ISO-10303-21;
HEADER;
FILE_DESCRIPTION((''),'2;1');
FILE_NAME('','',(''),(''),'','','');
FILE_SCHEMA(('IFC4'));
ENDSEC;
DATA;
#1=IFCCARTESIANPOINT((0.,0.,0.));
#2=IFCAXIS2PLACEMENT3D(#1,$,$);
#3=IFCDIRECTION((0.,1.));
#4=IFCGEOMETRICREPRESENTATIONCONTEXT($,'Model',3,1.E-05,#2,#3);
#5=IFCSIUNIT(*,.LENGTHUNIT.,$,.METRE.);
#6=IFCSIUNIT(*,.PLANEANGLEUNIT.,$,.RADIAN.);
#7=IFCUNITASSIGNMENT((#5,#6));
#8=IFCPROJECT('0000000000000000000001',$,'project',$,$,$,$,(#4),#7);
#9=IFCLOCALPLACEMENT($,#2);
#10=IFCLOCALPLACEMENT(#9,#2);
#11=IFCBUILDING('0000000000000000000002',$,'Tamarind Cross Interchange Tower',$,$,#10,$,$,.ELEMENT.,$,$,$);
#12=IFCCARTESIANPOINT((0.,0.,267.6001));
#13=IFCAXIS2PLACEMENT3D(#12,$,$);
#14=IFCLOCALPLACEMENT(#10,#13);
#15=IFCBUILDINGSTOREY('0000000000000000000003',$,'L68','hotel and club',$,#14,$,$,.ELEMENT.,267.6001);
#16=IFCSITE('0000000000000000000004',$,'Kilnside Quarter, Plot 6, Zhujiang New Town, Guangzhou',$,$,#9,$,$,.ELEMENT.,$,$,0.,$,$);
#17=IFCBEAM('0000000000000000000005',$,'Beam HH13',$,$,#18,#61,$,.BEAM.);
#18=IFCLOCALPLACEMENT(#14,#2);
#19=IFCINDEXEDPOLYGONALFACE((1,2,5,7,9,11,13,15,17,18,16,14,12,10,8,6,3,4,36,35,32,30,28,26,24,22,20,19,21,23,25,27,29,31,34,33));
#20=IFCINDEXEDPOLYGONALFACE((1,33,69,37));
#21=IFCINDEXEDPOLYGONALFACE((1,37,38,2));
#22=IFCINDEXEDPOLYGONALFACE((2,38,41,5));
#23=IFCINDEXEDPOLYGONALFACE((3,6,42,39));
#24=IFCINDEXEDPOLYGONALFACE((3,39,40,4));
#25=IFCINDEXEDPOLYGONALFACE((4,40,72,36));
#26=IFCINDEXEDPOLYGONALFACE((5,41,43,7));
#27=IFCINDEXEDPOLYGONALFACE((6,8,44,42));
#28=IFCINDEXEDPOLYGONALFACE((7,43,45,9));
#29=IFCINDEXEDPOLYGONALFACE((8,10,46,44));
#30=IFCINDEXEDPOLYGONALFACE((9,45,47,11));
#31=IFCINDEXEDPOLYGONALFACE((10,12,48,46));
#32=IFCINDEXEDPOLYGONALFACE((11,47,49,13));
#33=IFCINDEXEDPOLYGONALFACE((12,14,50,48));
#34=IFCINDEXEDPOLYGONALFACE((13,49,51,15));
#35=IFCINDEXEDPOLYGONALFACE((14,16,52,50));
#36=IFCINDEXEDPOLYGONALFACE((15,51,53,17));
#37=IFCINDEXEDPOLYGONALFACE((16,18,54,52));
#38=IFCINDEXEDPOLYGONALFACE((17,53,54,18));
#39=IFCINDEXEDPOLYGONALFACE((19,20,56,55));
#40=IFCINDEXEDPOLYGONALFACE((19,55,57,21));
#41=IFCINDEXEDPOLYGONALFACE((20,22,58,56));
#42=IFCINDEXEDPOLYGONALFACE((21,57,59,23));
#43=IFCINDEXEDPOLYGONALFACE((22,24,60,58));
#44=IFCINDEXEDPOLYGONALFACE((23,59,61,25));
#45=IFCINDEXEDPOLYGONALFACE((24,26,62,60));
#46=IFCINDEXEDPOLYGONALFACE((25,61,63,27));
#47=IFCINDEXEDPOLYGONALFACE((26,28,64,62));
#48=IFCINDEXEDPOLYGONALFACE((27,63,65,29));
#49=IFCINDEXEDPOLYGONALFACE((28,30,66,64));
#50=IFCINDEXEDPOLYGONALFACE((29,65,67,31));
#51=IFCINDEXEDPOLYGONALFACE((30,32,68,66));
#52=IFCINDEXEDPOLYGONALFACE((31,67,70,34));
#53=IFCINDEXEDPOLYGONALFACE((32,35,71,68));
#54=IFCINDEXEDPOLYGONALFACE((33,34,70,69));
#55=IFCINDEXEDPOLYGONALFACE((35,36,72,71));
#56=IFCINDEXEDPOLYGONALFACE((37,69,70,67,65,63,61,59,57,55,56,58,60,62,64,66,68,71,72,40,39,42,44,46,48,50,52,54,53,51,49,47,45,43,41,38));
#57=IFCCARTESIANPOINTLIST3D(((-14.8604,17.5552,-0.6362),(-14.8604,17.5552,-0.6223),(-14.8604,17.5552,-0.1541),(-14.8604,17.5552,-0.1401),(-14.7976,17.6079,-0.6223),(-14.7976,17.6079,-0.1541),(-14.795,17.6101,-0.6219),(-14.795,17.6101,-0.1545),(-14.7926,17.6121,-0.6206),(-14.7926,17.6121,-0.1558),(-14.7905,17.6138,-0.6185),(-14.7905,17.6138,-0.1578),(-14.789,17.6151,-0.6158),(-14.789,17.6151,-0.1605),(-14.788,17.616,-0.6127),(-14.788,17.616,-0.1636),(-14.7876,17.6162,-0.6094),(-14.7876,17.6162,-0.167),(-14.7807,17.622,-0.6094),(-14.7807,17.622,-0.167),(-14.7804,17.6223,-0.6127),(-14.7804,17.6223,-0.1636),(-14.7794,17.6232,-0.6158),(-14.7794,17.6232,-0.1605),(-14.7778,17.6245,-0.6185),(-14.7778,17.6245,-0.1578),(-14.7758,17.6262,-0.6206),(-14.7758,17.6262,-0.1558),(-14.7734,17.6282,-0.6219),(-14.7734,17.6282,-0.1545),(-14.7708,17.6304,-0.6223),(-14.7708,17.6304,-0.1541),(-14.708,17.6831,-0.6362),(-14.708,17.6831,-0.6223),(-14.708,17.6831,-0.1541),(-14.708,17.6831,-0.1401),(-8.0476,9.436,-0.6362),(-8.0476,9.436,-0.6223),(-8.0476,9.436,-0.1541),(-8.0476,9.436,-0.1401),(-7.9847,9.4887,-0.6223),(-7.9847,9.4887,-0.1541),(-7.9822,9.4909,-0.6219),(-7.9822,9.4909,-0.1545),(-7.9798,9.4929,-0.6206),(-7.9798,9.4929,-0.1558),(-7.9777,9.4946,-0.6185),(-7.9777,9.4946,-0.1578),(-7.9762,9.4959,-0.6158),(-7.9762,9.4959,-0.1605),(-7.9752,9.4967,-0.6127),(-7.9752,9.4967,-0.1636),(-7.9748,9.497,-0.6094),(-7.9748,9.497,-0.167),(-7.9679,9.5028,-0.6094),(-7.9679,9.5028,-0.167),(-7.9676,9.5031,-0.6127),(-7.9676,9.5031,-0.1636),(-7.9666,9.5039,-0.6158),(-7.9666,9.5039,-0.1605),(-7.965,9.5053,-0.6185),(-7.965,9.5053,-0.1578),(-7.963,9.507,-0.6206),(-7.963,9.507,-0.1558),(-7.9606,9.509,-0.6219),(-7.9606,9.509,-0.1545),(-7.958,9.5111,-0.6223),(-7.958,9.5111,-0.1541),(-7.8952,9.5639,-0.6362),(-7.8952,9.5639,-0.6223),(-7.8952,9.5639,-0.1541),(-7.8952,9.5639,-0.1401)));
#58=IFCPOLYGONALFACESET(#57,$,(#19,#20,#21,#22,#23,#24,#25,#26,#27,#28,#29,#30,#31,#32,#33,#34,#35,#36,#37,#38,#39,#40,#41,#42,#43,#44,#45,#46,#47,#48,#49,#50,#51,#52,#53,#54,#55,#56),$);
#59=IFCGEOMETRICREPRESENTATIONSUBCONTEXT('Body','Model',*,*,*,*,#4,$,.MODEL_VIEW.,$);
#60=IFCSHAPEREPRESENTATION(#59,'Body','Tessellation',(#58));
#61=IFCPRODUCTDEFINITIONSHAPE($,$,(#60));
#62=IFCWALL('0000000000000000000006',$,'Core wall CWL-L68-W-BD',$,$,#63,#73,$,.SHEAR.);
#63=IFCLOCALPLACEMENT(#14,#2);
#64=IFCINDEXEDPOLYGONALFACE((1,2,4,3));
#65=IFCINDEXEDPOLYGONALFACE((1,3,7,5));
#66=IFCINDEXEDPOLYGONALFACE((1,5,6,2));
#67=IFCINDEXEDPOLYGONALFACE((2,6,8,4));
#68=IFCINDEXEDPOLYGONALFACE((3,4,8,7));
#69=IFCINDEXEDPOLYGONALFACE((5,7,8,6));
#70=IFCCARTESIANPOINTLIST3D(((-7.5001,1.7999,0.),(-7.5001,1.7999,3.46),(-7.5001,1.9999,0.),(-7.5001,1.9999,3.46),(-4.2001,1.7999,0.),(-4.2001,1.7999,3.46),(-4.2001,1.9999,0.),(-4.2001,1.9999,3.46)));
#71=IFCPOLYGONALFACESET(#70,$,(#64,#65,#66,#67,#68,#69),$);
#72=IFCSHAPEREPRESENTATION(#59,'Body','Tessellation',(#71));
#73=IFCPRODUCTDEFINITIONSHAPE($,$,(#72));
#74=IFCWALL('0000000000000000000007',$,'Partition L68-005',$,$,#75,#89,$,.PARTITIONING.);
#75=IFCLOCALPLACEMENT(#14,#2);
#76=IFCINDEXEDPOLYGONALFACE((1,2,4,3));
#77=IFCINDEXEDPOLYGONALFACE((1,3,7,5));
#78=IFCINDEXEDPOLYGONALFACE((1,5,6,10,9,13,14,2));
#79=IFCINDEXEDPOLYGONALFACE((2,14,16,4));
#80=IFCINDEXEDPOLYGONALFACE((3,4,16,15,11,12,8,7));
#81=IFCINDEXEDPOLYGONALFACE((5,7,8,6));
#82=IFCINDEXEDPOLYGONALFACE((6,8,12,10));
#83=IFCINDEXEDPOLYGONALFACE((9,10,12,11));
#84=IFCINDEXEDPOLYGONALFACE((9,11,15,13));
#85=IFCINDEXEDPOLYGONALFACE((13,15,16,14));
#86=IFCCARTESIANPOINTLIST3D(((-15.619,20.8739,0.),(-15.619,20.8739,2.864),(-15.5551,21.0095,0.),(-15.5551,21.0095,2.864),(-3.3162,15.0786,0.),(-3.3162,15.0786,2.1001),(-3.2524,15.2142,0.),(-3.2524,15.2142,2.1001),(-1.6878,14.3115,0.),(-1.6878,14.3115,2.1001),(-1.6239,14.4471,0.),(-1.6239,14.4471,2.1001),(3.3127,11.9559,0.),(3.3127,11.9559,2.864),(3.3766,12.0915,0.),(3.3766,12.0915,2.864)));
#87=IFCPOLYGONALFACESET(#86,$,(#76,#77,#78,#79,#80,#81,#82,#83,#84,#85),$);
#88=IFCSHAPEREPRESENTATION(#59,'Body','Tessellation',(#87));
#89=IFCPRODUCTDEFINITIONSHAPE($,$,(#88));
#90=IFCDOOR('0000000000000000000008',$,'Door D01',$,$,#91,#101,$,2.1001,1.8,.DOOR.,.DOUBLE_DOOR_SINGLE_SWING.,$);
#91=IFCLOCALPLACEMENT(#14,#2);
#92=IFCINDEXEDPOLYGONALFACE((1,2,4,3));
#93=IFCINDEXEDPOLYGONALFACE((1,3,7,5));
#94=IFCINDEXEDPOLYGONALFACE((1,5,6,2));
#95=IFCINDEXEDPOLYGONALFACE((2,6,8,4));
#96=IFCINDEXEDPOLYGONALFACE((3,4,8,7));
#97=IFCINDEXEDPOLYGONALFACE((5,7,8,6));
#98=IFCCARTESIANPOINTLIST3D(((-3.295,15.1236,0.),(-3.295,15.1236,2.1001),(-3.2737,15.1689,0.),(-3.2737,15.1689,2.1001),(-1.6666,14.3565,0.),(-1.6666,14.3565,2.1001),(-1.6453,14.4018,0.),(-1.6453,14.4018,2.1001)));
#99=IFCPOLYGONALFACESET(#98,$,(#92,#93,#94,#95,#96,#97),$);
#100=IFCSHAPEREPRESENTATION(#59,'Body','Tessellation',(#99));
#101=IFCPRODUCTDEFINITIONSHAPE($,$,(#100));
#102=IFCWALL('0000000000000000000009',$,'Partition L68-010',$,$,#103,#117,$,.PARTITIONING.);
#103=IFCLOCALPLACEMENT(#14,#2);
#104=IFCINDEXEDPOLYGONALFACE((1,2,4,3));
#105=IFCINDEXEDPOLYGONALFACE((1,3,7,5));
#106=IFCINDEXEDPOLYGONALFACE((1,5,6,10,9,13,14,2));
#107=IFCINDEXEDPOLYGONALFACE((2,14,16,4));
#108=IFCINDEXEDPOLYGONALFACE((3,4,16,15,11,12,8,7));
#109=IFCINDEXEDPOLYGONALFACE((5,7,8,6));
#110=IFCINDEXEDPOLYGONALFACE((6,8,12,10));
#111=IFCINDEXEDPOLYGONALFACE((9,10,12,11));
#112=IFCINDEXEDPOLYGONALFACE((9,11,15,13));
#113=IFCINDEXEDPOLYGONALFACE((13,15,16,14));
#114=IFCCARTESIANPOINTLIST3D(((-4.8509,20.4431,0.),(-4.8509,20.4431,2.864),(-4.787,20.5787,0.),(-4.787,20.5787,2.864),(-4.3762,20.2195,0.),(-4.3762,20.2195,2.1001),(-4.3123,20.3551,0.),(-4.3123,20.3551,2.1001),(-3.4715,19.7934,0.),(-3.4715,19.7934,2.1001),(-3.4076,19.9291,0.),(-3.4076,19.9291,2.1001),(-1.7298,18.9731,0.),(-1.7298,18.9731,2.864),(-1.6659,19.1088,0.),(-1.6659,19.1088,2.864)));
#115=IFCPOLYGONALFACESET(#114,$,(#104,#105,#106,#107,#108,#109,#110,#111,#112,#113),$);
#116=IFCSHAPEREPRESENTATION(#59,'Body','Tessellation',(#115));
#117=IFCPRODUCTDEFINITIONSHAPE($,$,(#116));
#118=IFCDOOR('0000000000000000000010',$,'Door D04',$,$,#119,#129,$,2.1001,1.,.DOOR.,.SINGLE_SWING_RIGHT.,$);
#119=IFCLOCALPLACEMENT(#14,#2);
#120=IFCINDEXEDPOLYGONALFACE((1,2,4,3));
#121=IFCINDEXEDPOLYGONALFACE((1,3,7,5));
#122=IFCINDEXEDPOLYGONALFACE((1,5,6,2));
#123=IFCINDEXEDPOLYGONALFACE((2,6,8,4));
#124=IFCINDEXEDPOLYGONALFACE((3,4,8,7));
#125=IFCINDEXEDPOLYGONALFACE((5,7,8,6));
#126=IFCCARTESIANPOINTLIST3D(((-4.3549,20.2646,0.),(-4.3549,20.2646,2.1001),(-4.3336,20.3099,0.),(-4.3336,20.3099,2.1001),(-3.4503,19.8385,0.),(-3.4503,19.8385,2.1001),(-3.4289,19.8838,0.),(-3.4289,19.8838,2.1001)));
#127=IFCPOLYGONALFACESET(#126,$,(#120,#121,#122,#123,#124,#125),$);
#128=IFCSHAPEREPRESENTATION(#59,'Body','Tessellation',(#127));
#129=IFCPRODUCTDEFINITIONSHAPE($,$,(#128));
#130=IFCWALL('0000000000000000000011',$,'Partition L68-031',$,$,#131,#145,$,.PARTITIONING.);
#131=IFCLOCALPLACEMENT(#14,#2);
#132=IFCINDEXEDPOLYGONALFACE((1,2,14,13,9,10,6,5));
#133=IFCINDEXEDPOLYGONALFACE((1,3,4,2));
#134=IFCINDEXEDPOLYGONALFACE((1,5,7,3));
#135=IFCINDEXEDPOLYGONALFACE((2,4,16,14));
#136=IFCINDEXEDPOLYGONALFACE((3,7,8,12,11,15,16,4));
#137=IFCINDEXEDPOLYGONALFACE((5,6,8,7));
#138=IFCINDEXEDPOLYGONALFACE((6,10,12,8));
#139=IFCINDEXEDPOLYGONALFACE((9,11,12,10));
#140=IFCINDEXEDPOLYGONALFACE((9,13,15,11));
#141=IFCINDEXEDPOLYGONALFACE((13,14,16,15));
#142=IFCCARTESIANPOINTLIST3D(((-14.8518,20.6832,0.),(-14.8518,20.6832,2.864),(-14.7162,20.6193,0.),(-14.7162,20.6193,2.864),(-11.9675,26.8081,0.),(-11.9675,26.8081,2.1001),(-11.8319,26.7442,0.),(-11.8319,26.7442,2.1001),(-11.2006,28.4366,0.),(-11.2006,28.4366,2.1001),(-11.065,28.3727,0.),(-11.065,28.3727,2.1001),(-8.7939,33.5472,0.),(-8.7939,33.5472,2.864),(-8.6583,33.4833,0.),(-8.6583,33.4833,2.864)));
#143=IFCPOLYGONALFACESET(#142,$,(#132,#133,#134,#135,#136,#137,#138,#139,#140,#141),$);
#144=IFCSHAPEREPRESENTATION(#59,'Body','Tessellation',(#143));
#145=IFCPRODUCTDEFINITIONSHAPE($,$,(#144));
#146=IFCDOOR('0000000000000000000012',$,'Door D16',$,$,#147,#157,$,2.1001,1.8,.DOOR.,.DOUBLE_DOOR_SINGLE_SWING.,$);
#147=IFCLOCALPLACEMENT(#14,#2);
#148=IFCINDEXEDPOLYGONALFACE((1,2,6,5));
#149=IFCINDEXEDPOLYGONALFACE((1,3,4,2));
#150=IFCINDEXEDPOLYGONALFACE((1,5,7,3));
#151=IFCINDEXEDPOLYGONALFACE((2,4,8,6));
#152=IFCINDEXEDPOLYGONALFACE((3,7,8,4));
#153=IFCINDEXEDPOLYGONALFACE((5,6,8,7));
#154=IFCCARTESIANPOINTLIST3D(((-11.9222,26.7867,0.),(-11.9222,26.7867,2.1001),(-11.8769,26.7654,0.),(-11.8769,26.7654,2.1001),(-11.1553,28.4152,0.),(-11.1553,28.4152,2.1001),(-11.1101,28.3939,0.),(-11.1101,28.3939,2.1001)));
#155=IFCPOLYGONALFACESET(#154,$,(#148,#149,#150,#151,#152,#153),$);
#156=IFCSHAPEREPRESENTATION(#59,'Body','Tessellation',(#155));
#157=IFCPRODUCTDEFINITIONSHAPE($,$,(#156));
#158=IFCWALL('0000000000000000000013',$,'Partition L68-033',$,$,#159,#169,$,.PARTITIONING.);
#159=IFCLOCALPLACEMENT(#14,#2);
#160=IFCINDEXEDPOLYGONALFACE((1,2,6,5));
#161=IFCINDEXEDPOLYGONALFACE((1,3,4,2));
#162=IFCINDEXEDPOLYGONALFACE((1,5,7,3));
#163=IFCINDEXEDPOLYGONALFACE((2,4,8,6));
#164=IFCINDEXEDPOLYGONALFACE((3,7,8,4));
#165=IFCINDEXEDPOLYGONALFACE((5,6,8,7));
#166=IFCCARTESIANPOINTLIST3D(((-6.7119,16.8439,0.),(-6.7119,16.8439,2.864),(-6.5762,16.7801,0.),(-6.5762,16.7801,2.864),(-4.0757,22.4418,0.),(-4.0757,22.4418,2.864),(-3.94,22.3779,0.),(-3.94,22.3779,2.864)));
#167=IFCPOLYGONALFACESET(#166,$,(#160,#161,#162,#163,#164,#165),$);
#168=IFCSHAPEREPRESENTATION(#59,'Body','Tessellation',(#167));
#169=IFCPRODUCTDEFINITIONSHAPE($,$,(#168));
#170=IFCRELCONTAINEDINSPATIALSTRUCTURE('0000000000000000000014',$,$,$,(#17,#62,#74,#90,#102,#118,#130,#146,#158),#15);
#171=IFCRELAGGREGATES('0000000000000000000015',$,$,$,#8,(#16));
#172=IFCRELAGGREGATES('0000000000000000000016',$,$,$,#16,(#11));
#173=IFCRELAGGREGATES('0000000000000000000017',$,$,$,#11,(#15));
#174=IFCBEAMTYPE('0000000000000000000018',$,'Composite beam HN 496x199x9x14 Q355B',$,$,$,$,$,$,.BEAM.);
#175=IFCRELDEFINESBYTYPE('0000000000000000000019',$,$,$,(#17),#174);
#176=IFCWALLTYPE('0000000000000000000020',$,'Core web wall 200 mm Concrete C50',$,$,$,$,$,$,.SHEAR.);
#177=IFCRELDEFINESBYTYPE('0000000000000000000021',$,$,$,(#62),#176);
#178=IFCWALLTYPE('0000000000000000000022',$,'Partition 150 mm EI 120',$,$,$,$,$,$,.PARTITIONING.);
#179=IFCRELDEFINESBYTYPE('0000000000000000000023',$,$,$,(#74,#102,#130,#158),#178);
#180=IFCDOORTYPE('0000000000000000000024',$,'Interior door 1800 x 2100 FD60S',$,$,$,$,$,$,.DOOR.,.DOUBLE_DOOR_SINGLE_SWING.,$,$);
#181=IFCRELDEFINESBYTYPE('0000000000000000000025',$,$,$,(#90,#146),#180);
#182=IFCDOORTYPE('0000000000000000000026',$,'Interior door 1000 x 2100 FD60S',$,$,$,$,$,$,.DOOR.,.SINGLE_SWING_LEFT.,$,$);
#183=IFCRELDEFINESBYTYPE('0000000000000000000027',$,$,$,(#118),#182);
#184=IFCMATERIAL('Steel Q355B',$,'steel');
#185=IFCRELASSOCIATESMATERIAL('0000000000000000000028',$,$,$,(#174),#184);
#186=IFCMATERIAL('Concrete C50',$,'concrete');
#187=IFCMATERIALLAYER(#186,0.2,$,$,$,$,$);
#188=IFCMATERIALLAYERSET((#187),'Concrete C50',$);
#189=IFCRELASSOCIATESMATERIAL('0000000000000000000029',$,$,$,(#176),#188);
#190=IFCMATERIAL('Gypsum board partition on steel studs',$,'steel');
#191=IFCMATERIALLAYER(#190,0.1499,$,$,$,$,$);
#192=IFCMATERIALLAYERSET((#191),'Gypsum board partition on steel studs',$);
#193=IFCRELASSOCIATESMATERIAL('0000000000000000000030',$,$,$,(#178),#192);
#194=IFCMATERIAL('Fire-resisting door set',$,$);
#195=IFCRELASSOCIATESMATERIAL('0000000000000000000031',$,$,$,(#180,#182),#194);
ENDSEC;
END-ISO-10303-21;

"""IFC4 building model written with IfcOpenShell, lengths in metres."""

from ifc_helpers import new_model, si_unit, direction, frame, frame_2d, origin, origin_2d, place, context, subcontext, project, spatial, rectangle, i_section, extrude, material, layer, layer_set, material_profile, profile_set, type_object, element, fill, save


model = new_model("IFC4")

# Units and contexts
model_context = context("Model", 3, precision=1e-05, world=origin(), true_north=direction((0.0, 1.0)))
body_context = subcontext(model_context, "Body", "Model", "MODEL_VIEW")
ifc_project = project(units=[si_unit("LENGTHUNIT", "METRE"), si_unit("PLANEANGLEUNIT", "RADIAN")], contexts=[model_context])

# Site, building, storey
site_placement = place(None, origin())
site = spatial("IfcSite", under=ifc_project, at=site_placement, Name="Kilnside Quarter, Plot 6, Zhujiang New Town, Guangzhou", CompositionType="ELEMENT", RefElevation=0.0)
building_placement = place(site_placement, origin())
building = spatial("IfcBuilding", under=site, at=building_placement, Name="Tamarind Cross Interchange Tower", CompositionType="ELEMENT")
storey_placement = place(building_placement, frame((0.0, 0.0, 267.6001)))
storey = spatial("IfcBuildingStorey", under=building, at=storey_placement, Name="L68", Description="hotel and club", CompositionType="ELEMENT", Elevation=267.6001)

# Beam
ifc_material_1 = material(Name="Steel Q355B", Category="steel")
ifc_material_profile_1 = material_profile(ifc_material_1, i_section(OverallWidth=0.199, OverallDepth=0.4961, WebThickness=0.009, FlangeThickness=0.0139, FilletRadius=0.0129, at=origin_2d()), Name="HN 496x199x9x14")
ifc_profile_set_1 = profile_set([ifc_material_profile_1], Name="Steel Q355B")
beam_type_1 = type_object("IfcBeamType", Name="Composite beam HN 496x199x9x14 Q355B", PredefinedType="BEAM", material=ifc_profile_set_1)
beam_1_placement = place(storey_placement, frame((-14.7842, 17.6191, -0.3882), z_axis=(0.642786, -0.766046, 0.0), x_axis=(0.766046, 0.642786, 0.0)))
element("IfcBeam", 1, at=beam_1_placement, inside=storey, type_object=beam_type_1, Name="Beam HH13", PredefinedType="BEAM", context=body_context, shape_type="SweptSolid", body=[
    extrude(i_section(OverallWidth=0.199, OverallDepth=0.4961, WebThickness=0.009, FlangeThickness=0.0139, FilletRadius=0.0129, at=origin_2d()), origin(), (0.0, 0.0, 1.0), 10.5989),
])

# Wall
ifc_material_2 = material(Name="Concrete C50", Category="concrete")
ifc_layer_1 = layer(ifc_material_2, 0.2)
ifc_layer_set_1 = layer_set([ifc_layer_1], Name="Concrete C50")
wall_type_1 = type_object("IfcWallType", Name="Core web wall 200 mm Concrete C50", PredefinedType="SHEAR", material=ifc_layer_set_1)
wall_1_placement = place(storey_placement, frame((-7.5, 1.8999, 0.0), z_axis=(0.0, 0.0, 1.0), x_axis=(1.0, 0.0, 0.0)))
element("IfcWall", 2, at=wall_1_placement, inside=storey, type_object=wall_type_1, Name="Core wall CWL-L68-W-BD", PredefinedType="SHEAR", context=body_context, shape_type="SweptSolid", body=[
    extrude(rectangle(XDim=3.3, YDim=0.2, at=frame_2d((1.6499, 0.0))), origin(), (0.0, 0.0, 1.0), 3.46),
])

# Walls, openings, doors
ifc_material_3 = material(Name="Gypsum board partition on steel studs", Category="steel")
ifc_layer_2 = layer(ifc_material_3, 0.1499)
ifc_layer_set_2 = layer_set([ifc_layer_2], Name="Gypsum board partition on steel studs")
wall_type_2 = type_object("IfcWallType", Name="Partition 150 mm EI 120", PredefinedType="PARTITIONING", material=ifc_layer_set_2)
wall_2_placement = place(storey_placement, frame((-15.5869, 20.9417, 0.0), z_axis=(0.0, 0.0, 1.0), x_axis=(0.904654, -0.426148, 0.0)))
wall_2 = element("IfcWall", 3, at=wall_2_placement, inside=storey, type_object=wall_type_2, Name="Partition L68-005", PredefinedType="PARTITIONING", context=body_context, shape_type="SweptSolid", body=[
    extrude(rectangle(XDim=20.927, YDim=0.1499, at=frame_2d((10.4634, 0.0))), origin(), (0.0, 0.0, 1.0), 2.864),
])
opening_1_placement = place(wall_2_placement, frame((13.5994, 0.0, 0.0)))
opening_1 = element("IfcOpeningElement", 4, at=opening_1_placement, cuts=wall_2, PredefinedType="OPENING", context=body_context, shape_type="SweptSolid", body=[
    extrude(rectangle(XDim=1.8, YDim=2.1001, at=frame_2d((0.8999, 1.05))), frame((0.0, 0.085, 0.0), z_axis=(0.0, -1.0, 0.0), x_axis=(1.0, 0.0, 0.0)), (0.0, 0.0, 1.0), 0.1699),
])
ifc_material_4 = material(Name="Fire-resisting door set")
door_type_1 = type_object("IfcDoorType", Name="Interior door 1800 x 2100 FD60S", OperationType="DOUBLE_DOOR_SINGLE_SWING", PredefinedType="DOOR", material=ifc_material_4)
door_1_placement = place(opening_1_placement, origin())
door_1 = element("IfcDoor", 5, at=door_1_placement, inside=storey, type_object=door_type_1, Name="Door D01", OperationType="DOUBLE_DOOR_SINGLE_SWING", OverallHeight=2.1001, OverallWidth=1.8, PredefinedType="DOOR", context=body_context, shape_type="SweptSolid", body=[
    extrude(rectangle(XDim=1.8, YDim=2.1001, at=frame_2d((0.8999, 1.05))), frame((0.0, 0.0249, 0.0), z_axis=(0.0, -1.0, 0.0), x_axis=(1.0, 0.0, 0.0)), (0.0, 0.0, 1.0), 0.05),
])
fill(opening_1, door_1)
wall_3_placement = place(storey_placement, frame((-4.8191, 20.511, 0.0), z_axis=(0.0, 0.0, 1.0), x_axis=(0.904682, -0.426087, 0.0)))
wall_3 = element("IfcWall", 6, at=wall_3_placement, inside=storey, type_object=wall_type_2, Name="Partition L68-010", PredefinedType="PARTITIONING", context=body_context, shape_type="SweptSolid", body=[
    extrude(rectangle(XDim=3.45, YDim=0.1499, at=frame_2d((1.7251, 0.0))), origin(), (0.0, 0.0, 1.0), 2.864),
])
opening_2_placement = place(wall_3_placement, frame((0.5249, 0.0, 0.0)))
opening_2 = element("IfcOpeningElement", 7, at=opening_2_placement, cuts=wall_3, PredefinedType="OPENING", context=body_context, shape_type="SweptSolid", body=[
    extrude(rectangle(XDim=1.0, YDim=2.1001, at=frame_2d((0.5, 1.05))), frame((0.0, 0.085, 0.0), z_axis=(0.0, -1.0, 0.0), x_axis=(1.0, 0.0, 0.0)), (0.0, 0.0, 1.0), 0.1699),
])
door_type_2 = type_object("IfcDoorType", Name="Interior door 1000 x 2100 FD60S", OperationType="SINGLE_SWING_LEFT", PredefinedType="DOOR", material=ifc_material_4)
door_2_placement = place(opening_2_placement, origin())
door_2 = element("IfcDoor", 8, at=door_2_placement, inside=storey, type_object=door_type_2, Name="Door D04", OperationType="SINGLE_SWING_RIGHT", OverallHeight=2.1001, OverallWidth=1.0, PredefinedType="DOOR", context=body_context, shape_type="SweptSolid", body=[
    extrude(rectangle(XDim=1.0, YDim=2.1001, at=frame_2d((0.5, 1.05))), frame((0.0, 0.0249, 0.0), z_axis=(0.0, -1.0, 0.0), x_axis=(1.0, 0.0, 0.0)), (0.0, 0.0, 1.0), 0.05),
])
fill(opening_2, door_2)
wall_4_placement = place(storey_placement, frame((-14.7839, 20.6514, 0.0), z_axis=(0.0, 0.0, 1.0), x_axis=(0.426039, 0.904705, 0.0)))
wall_4 = element("IfcWall", 9, at=wall_4_placement, inside=storey, type_object=wall_type_2, Name="Partition L68-031", PredefinedType="PARTITIONING", context=body_context, shape_type="SweptSolid", body=[
    extrude(rectangle(XDim=14.219, YDim=0.1499, at=frame_2d((7.1094, 0.0))), origin(), (0.0, 0.0, 1.0), 2.864),
])
opening_3_placement = place(wall_4_placement, frame((6.77, 0.0, 0.0)))
opening_3 = element("IfcOpeningElement", 10, at=opening_3_placement, cuts=wall_4, PredefinedType="OPENING", context=body_context, shape_type="SweptSolid", body=[
    extrude(rectangle(XDim=1.8, YDim=2.1001, at=frame_2d((0.8999, 1.05))), frame((0.0, 0.085, 0.0), z_axis=(0.0, -1.0, 0.0), x_axis=(1.0, 0.0, 0.0)), (0.0, 0.0, 1.0), 0.1699),
])
door_3_placement = place(opening_3_placement, origin())
door_3 = element("IfcDoor", 11, at=door_3_placement, inside=storey, type_object=door_type_1, Name="Door D16", OperationType="DOUBLE_DOOR_SINGLE_SWING", OverallHeight=2.1001, OverallWidth=1.8, PredefinedType="DOOR", context=body_context, shape_type="SweptSolid", body=[
    extrude(rectangle(XDim=1.8, YDim=2.1001, at=frame_2d((0.8999, 1.05))), frame((0.0, 0.0249, 0.0), z_axis=(0.0, -1.0, 0.0), x_axis=(1.0, 0.0, 0.0)), (0.0, 0.0, 1.0), 0.05),
])
fill(opening_3, door_3)

# Wall
wall_5_placement = place(storey_placement, frame((-6.644, 16.812, 0.0), z_axis=(0.0, 0.0, 1.0), x_axis=(0.426052, 0.904699, 0.0)))
element("IfcWall", 12, at=wall_5_placement, inside=storey, type_object=wall_type_2, Name="Partition L68-033", PredefinedType="PARTITIONING", context=body_context, shape_type="SweptSolid", body=[
    extrude(rectangle(XDim=6.1875, YDim=0.1499, at=frame_2d((3.0938, 0.0))), origin(), (0.0, 0.0, 1.0), 2.864),
])

save(model, "model.ifc")
